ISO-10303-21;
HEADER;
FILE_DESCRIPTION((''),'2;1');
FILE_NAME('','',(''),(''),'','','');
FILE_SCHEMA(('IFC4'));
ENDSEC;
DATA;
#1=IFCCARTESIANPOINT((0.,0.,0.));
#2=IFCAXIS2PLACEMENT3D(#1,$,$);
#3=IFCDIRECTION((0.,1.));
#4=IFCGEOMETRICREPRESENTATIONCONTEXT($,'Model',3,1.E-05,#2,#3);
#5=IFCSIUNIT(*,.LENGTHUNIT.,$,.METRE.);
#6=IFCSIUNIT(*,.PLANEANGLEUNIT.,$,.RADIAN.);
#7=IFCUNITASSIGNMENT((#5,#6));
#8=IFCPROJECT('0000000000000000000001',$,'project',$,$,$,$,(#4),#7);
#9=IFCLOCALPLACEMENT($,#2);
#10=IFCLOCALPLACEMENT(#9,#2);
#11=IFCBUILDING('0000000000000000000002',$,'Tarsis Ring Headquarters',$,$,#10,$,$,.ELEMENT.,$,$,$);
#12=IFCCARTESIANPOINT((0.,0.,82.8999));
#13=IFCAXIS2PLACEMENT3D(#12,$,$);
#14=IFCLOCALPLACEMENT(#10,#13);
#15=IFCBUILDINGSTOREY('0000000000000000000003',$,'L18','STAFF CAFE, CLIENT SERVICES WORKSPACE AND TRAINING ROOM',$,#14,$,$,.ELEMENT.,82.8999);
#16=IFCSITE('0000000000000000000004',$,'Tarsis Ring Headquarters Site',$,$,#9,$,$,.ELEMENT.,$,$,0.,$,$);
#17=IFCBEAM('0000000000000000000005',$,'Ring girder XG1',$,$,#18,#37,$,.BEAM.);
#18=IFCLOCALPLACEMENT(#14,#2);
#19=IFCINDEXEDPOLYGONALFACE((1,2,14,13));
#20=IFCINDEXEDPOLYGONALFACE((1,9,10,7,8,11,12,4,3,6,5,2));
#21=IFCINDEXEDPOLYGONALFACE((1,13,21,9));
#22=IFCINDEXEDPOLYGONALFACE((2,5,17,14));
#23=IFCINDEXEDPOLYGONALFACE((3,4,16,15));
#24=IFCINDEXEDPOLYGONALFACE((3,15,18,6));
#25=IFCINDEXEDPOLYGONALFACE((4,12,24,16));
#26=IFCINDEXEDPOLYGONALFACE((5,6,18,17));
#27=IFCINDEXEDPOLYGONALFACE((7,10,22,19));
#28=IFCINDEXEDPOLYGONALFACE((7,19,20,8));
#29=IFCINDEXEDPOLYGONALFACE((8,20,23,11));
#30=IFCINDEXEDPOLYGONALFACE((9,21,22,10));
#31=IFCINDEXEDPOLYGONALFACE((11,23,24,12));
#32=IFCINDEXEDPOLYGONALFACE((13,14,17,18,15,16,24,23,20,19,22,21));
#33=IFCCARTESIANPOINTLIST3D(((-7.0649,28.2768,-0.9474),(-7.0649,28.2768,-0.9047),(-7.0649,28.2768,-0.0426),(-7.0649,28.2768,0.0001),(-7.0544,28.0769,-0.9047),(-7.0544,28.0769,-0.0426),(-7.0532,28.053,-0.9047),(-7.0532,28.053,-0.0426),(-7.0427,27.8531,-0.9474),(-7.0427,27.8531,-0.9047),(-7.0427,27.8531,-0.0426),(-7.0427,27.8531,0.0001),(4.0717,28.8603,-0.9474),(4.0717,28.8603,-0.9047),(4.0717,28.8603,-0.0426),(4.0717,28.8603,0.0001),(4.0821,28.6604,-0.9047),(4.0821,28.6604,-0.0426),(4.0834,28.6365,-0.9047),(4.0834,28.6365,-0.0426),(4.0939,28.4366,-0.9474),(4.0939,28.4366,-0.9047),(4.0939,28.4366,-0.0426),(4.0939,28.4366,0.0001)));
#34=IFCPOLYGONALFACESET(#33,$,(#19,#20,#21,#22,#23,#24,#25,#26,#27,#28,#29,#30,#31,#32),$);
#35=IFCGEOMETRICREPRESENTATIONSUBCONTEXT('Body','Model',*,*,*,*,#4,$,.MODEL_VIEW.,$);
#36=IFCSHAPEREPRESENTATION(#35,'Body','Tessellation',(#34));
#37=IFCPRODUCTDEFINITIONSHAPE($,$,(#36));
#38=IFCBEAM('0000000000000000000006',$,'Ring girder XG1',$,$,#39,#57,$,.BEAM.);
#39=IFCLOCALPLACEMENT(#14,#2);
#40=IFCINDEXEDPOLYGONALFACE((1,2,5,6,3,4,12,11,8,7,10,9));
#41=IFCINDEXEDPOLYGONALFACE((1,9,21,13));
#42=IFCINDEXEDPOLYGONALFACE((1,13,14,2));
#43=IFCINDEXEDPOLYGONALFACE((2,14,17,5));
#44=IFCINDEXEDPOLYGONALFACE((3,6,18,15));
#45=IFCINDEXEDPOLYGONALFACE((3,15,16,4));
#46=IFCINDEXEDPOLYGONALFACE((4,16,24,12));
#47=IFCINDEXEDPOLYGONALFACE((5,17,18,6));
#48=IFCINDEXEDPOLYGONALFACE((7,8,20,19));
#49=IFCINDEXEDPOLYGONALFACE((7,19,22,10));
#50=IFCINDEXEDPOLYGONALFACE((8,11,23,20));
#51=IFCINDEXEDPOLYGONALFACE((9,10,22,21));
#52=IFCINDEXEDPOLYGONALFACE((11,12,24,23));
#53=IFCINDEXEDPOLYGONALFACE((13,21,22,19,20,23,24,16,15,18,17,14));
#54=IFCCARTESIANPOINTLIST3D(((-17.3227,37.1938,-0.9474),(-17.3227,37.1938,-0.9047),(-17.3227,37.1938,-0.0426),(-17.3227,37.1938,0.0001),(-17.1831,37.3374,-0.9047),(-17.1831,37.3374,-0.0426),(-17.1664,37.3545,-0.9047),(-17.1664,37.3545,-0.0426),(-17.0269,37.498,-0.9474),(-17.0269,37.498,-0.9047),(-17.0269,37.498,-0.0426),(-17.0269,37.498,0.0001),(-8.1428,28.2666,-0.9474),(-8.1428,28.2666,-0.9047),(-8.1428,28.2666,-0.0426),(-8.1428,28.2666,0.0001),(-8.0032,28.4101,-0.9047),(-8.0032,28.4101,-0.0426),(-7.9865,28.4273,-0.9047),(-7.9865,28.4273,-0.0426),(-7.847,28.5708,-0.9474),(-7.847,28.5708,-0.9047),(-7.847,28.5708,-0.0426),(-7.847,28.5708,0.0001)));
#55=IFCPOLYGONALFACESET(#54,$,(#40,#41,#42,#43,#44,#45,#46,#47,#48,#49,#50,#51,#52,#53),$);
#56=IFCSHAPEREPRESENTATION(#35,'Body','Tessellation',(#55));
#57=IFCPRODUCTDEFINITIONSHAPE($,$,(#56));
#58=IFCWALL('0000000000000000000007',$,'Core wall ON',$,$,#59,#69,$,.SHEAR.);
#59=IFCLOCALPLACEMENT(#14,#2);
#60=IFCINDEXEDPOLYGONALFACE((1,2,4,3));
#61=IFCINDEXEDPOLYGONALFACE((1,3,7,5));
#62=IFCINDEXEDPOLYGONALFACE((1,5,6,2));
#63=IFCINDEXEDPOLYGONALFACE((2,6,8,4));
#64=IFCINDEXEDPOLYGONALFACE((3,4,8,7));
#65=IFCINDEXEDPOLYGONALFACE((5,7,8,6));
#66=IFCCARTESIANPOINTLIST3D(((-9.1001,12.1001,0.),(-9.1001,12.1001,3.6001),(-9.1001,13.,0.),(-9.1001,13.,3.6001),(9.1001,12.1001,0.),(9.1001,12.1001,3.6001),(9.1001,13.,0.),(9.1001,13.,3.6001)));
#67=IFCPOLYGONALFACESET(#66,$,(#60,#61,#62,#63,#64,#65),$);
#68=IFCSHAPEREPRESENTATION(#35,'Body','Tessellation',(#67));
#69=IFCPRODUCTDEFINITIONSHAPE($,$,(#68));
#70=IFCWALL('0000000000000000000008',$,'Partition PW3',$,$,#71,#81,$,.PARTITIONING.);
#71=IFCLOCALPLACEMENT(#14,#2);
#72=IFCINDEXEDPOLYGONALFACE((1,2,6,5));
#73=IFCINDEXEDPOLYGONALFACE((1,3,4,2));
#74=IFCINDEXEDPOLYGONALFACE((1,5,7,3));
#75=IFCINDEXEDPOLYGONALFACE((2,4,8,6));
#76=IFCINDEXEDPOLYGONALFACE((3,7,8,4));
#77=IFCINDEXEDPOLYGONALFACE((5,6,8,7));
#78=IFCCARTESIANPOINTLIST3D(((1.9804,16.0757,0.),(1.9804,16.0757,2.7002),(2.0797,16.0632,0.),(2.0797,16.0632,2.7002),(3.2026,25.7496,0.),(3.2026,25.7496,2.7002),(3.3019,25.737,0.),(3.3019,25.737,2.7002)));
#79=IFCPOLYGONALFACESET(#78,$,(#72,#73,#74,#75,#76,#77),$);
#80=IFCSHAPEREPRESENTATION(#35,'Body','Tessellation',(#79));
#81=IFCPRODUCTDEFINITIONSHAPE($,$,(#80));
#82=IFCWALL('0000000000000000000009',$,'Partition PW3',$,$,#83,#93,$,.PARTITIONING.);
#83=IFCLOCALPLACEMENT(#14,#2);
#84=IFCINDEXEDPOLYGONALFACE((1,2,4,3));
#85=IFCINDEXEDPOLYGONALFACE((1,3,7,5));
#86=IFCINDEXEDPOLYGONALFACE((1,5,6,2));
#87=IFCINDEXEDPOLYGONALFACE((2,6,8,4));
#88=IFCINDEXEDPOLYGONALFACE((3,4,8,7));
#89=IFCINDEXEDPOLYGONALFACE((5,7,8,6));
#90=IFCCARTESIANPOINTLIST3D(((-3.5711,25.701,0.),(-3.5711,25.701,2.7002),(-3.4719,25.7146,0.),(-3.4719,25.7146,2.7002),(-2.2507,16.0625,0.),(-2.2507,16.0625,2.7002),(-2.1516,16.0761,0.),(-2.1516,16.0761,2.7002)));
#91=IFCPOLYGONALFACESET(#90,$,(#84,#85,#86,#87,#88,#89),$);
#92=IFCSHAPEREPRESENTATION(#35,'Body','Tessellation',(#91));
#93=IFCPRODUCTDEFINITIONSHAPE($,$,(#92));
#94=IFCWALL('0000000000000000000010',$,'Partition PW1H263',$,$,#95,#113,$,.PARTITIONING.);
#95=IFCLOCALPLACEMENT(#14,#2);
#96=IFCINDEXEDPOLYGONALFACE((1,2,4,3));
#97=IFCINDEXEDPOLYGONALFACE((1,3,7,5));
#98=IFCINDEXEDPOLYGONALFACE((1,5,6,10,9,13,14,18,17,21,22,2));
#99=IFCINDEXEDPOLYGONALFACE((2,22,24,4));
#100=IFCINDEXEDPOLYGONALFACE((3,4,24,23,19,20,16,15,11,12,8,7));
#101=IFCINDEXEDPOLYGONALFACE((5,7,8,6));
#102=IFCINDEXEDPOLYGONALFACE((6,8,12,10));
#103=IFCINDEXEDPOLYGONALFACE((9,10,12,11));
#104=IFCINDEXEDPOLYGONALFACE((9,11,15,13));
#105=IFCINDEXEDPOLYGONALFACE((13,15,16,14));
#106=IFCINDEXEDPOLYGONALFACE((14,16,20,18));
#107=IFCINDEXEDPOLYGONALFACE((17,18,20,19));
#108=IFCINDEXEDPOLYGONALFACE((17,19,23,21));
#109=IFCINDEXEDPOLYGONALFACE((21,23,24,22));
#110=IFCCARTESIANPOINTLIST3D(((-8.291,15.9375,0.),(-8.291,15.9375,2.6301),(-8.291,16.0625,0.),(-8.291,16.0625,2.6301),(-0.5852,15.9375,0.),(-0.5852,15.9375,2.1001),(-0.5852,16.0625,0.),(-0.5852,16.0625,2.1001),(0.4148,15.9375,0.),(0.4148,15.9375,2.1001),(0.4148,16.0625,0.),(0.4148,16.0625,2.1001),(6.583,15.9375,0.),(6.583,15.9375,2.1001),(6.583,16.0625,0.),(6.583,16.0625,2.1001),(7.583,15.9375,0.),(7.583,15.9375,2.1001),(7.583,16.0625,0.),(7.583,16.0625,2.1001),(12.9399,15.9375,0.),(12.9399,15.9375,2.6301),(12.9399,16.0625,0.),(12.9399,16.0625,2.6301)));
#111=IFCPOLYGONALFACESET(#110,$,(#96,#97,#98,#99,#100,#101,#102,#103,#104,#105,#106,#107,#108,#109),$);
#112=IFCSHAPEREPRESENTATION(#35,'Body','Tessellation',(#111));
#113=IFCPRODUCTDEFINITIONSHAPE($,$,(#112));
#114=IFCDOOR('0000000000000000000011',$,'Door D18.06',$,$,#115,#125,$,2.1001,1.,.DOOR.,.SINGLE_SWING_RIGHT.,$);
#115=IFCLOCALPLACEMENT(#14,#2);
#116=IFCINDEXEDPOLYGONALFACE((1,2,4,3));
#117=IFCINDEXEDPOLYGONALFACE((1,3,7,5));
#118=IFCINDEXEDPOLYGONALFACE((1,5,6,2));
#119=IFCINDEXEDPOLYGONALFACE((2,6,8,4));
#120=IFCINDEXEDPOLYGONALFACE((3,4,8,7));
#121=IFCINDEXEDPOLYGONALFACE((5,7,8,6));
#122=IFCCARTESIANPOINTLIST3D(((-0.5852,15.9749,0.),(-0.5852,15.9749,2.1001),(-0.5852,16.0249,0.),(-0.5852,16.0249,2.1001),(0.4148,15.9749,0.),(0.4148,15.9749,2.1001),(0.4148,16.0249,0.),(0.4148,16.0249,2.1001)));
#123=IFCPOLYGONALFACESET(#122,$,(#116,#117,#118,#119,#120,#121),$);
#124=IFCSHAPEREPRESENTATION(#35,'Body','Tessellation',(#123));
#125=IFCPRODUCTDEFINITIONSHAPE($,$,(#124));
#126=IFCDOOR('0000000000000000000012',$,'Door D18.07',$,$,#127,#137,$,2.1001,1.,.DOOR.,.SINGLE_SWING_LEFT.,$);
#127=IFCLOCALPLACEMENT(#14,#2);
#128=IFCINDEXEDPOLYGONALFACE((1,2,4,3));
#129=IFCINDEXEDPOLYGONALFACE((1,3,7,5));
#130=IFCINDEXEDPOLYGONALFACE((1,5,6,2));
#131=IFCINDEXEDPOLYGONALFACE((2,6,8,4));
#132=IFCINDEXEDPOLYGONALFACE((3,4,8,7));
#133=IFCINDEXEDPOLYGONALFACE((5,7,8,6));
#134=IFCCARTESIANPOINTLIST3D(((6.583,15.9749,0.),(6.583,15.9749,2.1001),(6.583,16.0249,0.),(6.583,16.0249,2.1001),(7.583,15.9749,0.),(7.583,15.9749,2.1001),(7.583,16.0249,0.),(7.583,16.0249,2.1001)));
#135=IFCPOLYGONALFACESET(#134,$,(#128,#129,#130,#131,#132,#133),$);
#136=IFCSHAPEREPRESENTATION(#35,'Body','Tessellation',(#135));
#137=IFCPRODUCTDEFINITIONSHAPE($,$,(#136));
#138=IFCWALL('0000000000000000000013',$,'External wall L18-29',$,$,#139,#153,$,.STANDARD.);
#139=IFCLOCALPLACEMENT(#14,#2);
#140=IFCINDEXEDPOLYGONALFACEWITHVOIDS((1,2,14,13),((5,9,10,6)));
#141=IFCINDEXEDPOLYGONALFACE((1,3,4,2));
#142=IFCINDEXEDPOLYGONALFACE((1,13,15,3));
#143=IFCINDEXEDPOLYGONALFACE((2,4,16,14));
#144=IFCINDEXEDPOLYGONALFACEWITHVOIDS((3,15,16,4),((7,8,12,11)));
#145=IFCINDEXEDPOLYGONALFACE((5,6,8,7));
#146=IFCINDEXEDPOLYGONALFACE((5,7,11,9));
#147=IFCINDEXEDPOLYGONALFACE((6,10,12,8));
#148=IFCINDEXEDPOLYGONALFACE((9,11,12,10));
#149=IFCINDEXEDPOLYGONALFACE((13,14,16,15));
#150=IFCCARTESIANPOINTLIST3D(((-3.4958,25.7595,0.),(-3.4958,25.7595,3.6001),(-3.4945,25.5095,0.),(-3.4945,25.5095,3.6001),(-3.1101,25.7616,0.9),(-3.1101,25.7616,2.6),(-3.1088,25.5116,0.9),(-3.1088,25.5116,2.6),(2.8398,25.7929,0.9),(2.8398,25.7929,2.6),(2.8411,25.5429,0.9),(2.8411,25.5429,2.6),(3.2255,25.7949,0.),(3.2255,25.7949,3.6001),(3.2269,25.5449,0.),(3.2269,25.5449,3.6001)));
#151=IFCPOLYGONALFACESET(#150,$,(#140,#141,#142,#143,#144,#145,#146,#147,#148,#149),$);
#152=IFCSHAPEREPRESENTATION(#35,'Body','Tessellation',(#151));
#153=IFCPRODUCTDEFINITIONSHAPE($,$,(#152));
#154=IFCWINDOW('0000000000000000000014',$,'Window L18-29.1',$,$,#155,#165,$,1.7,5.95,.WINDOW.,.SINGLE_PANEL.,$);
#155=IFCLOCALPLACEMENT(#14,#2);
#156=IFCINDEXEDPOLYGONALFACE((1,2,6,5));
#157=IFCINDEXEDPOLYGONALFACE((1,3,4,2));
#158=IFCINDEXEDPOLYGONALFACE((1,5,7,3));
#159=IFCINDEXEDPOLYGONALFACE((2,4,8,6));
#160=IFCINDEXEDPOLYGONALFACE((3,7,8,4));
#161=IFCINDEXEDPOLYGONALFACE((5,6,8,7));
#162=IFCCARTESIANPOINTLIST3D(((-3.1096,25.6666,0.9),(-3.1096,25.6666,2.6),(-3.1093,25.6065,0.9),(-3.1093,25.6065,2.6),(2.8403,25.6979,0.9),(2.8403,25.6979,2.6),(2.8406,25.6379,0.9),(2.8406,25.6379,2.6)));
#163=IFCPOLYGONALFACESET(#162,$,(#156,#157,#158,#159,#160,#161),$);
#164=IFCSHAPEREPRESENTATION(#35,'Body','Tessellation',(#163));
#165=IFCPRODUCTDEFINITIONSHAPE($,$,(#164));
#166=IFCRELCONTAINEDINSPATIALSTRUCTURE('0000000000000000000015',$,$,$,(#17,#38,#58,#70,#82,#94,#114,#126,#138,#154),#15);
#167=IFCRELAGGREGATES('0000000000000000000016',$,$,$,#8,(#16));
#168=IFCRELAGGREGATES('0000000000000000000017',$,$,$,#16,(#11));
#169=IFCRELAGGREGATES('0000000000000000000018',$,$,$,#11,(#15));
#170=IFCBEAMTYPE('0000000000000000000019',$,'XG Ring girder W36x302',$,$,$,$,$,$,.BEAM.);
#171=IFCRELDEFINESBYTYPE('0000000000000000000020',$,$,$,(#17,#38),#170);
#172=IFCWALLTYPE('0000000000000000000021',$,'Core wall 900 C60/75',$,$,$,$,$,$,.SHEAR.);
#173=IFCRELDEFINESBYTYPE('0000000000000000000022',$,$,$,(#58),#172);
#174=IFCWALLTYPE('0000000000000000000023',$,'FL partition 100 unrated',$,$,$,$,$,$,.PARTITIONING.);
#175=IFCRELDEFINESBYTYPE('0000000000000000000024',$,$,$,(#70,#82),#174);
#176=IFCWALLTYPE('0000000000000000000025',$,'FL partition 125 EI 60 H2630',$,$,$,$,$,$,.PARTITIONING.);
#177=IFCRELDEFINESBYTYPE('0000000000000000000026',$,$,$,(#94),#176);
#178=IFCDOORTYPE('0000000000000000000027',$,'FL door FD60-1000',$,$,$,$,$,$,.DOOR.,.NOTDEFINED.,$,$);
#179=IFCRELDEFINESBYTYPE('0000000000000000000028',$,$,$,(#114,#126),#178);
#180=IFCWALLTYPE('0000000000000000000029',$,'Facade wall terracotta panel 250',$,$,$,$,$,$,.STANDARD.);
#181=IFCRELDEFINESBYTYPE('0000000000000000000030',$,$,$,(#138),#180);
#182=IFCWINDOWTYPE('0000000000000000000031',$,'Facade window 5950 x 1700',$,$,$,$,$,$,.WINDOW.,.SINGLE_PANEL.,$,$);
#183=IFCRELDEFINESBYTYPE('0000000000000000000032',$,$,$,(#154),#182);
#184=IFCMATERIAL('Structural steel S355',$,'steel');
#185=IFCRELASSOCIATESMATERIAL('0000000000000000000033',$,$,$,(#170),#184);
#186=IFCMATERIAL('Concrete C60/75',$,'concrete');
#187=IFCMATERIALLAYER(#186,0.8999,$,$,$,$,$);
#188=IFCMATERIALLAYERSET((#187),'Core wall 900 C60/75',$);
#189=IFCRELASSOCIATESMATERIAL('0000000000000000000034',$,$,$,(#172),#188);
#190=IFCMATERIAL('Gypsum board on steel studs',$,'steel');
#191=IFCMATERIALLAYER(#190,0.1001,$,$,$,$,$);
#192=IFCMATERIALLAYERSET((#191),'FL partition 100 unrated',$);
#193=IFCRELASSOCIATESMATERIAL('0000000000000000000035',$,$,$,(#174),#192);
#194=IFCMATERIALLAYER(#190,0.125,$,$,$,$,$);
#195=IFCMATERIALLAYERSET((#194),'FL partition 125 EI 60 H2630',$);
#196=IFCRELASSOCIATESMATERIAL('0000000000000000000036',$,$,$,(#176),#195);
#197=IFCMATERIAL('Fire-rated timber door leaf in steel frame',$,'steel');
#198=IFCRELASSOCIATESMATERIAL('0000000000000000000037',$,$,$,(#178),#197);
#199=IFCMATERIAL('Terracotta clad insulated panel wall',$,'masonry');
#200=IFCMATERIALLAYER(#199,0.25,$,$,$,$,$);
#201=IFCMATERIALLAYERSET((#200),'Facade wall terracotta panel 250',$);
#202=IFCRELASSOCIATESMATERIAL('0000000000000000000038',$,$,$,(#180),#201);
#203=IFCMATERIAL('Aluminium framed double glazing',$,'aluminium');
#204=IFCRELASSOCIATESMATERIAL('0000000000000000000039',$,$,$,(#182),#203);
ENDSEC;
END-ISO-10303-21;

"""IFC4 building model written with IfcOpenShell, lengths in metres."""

from ifc_helpers import new_model, si_unit, direction, frame, frame_2d, origin, origin_2d, place, context, subcontext, project, spatial, rectangle, i_section, extrude, material, layer, layer_set, material_profile, profile_set, type_object, element, fill, save


model = new_model("IFC4")

# Units and contexts
model_context = context("Model", 3, precision=1e-05, world=origin(), true_north=direction((0.0, 1.0)))
body_context = subcontext(model_context, "Body", "Model", "MODEL_VIEW")
ifc_project = project(units=[si_unit("LENGTHUNIT", "METRE"), si_unit("PLANEANGLEUNIT", "RADIAN")], contexts=[model_context])

# Site, building, storey
site_placement = place(None, origin())
site = spatial("IfcSite", under=ifc_project, at=site_placement, Name="Tarsis Ring Headquarters Site", CompositionType="ELEMENT", RefElevation=0.0)
building_placement = place(site_placement, origin())
building = spatial("IfcBuilding", under=site, at=building_placement, Name="Tarsis Ring Headquarters", CompositionType="ELEMENT")
storey_placement = place(building_placement, frame((0.0, 0.0, 82.8999)))
storey = spatial("IfcBuildingStorey", under=building, at=storey_placement, Name="L18", Description="STAFF CAFE, CLIENT SERVICES WORKSPACE AND TRAINING ROOM", CompositionType="ELEMENT", Elevation=82.8999)

# Beams
ifc_material_1 = material(Name="Structural steel S355", Category="steel")
ifc_material_profile_1 = material_profile(ifc_material_1, i_section(OverallWidth=0.4243, OverallDepth=0.9475, WebThickness=0.0239, FlangeThickness=0.0427, at=origin_2d()), Name="W36x302")
ifc_profile_set_1 = profile_set([ifc_material_profile_1], Name="Structural steel S355")
beam_type_1 = type_object("IfcBeamType", Name="XG Ring girder W36x302", PredefinedType="BEAM", material=ifc_profile_set_1)
beam_1_placement = place(storey_placement, frame((4.0828, 28.6484, -0.4736), z_axis=(-0.99863, -0.052323, 0.0), x_axis=(0.052323, -0.99863, 0.0)))
element("IfcBeam", 1, at=beam_1_placement, inside=storey, type_object=beam_type_1, Name="Ring girder XG1", PredefinedType="BEAM", context=body_context, shape_type="SweptSolid", body=[
    extrude(i_section(OverallWidth=0.4243, OverallDepth=0.9475, WebThickness=0.0239, FlangeThickness=0.0427, at=origin_2d()), origin(), (0.0, 0.0, 1.0), 11.1519),
])
beam_2_placement = place(storey_placement, frame((-7.9949, 28.4187, -0.4736), z_axis=(-0.716905, 0.697171, 0.0), x_axis=(-0.697171, -0.716905, 0.0)))
element("IfcBeam", 2, at=beam_2_placement, inside=storey, type_object=beam_type_1, Name="Ring girder XG1", PredefinedType="BEAM", context=body_context, shape_type="SweptSolid", body=[
    extrude(i_section(OverallWidth=0.4243, OverallDepth=0.9475, WebThickness=0.0239, FlangeThickness=0.0427, at=origin_2d()), origin(), (0.0, 0.0, 1.0), 12.8049),
])

# Walls
ifc_material_2 = material(Name="Concrete C60/75", Category="concrete")
ifc_layer_1 = layer(ifc_material_2, 0.8999)
ifc_layer_set_1 = layer_set([ifc_layer_1], Name="Core wall 900 C60/75")
wall_type_1 = type_object("IfcWallType", Name="Core wall 900 C60/75", PredefinedType="SHEAR", material=ifc_layer_set_1)
wall_1_placement = place(storey_placement, frame((-9.1001, 12.55, 0.0), z_axis=(0.0, 0.0, 1.0), x_axis=(1.0, 0.0, 0.0)))
element("IfcWall", 3, at=wall_1_placement, inside=storey, type_object=wall_type_1, Name="Core wall ON", PredefinedType="SHEAR", context=body_context, shape_type="SweptSolid", body=[
    extrude(rectangle(XDim=18.2002, YDim=0.8999, at=frame_2d((9.1001, 0.0))), origin(), (0.0, 0.0, 1.0), 3.6001),
])
ifc_material_3 = material(Name="Gypsum board on steel studs", Category="steel")
ifc_layer_2 = layer(ifc_material_3, 0.1001)
ifc_layer_set_2 = layer_set([ifc_layer_2], Name="FL partition 100 unrated")
wall_type_2 = type_object("IfcWallType", Name="FL partition 100 unrated", PredefinedType="PARTITIONING", material=ifc_layer_set_2)
wall_2_placement = place(storey_placement, frame((2.03, 16.0693, 0.0), z_axis=(0.0, 0.0, 1.0), x_axis=(0.125341, 0.992114, 0.0)))
element("IfcWall", 4, at=wall_2_placement, inside=storey, type_object=wall_type_2, Name="Partition PW3", PredefinedType="PARTITIONING", context=body_context, shape_type="SweptSolid", body=[
    extrude(rectangle(XDim=9.7507, YDim=0.1001, at=frame_2d((4.8755, 0.0))), origin(), (0.0, 0.0, 1.0), 2.7002),
])
wall_3_placement = place(storey_placement, frame((-3.5215, 25.7078, 0.0), z_axis=(0.0, 0.0, 1.0), x_axis=(0.135717, -0.990748, 0.0)))
element("IfcWall", 5, at=wall_3_placement, inside=storey, type_object=wall_type_2, Name="Partition PW3", PredefinedType="PARTITIONING", context=body_context, shape_type="SweptSolid", body=[
    extrude(rectangle(XDim=9.7285, YDim=0.1001, at=frame_2d((4.8643, 0.0))), origin(), (0.0, 0.0, 1.0), 2.7002),
])

# Wall, openings, doors
ifc_layer_3 = layer(ifc_material_3, 0.125)
ifc_layer_set_3 = layer_set([ifc_layer_3], Name="FL partition 125 EI 60 H2630")
wall_type_3 = type_object("IfcWallType", Name="FL partition 125 EI 60 H2630", PredefinedType="PARTITIONING", material=ifc_layer_set_3)
wall_4_placement = place(storey_placement, frame((-8.291, 16.0, 0.0), z_axis=(0.0, 0.0, 1.0), x_axis=(1.0, 0.0, 0.0)))
wall_4 = element("IfcWall", 6, at=wall_4_placement, inside=storey, type_object=wall_type_3, Name="Partition PW1H263", PredefinedType="PARTITIONING", context=body_context, shape_type="SweptSolid", body=[
    extrude(rectangle(XDim=21.231, YDim=0.125, at=frame_2d((10.6155, 0.0))), origin(), (0.0, 0.0, 1.0), 2.6301),
])
opening_1_placement = place(wall_4_placement, frame((7.7058, 0.0, 0.0)))
opening_1 = element("IfcOpeningElement", 7, at=opening_1_placement, cuts=wall_4, PredefinedType="OPENING", context=body_context, shape_type="SweptSolid", body=[
    extrude(rectangle(XDim=1.0, YDim=2.1001, at=frame_2d((0.5, 1.05))), frame((0.0, 0.0725, 0.0), z_axis=(0.0, -1.0, 0.0), x_axis=(1.0, 0.0, 0.0)), (0.0, 0.0, 1.0), 0.145),
])
opening_2_placement = place(wall_4_placement, frame((14.874, 0.0, 0.0)))
opening_2 = element("IfcOpeningElement", 8, at=opening_2_placement, cuts=wall_4, PredefinedType="OPENING", context=body_context, shape_type="SweptSolid", body=[
    extrude(rectangle(XDim=1.0, YDim=2.1001, at=frame_2d((0.5, 1.05))), frame((0.0, 0.0725, 0.0), z_axis=(0.0, -1.0, 0.0), x_axis=(1.0, 0.0, 0.0)), (0.0, 0.0, 1.0), 0.145),
])
ifc_material_4 = material(Name="Fire-rated timber door leaf in steel frame", Category="steel")
door_type = type_object("IfcDoorType", Name="FL door FD60-1000", OperationType="NOTDEFINED", PredefinedType="DOOR", material=ifc_material_4)
door_1_placement = place(opening_1_placement, origin())
door_1 = element("IfcDoor", 9, at=door_1_placement, inside=storey, type_object=door_type, Name="Door D18.06", OperationType="SINGLE_SWING_RIGHT", OverallHeight=2.1001, OverallWidth=1.0, PredefinedType="DOOR", context=body_context, shape_type="SweptSolid", body=[
    extrude(rectangle(XDim=1.0, YDim=2.1001, at=frame_2d((0.5, 1.05))), frame((0.0, 0.0249, 0.0), z_axis=(0.0, -1.0, 0.0), x_axis=(1.0, 0.0, 0.0)), (0.0, 0.0, 1.0), 0.05),
])
fill(opening_1, door_1)
door_2_placement = place(opening_2_placement, origin())
door_2 = element("IfcDoor", 10, at=door_2_placement, inside=storey, type_object=door_type, Name="Door D18.07", OperationType="SINGLE_SWING_LEFT", OverallHeight=2.1001, OverallWidth=1.0, PredefinedType="DOOR", context=body_context, shape_type="SweptSolid", body=[
    extrude(rectangle(XDim=1.0, YDim=2.1001, at=frame_2d((0.5, 1.05))), frame((0.0, 0.0249, 0.0), z_axis=(0.0, -1.0, 0.0), x_axis=(1.0, 0.0, 0.0)), (0.0, 0.0, 1.0), 0.05),
])
fill(opening_2, door_2)

# Wall, opening, window
ifc_material_5 = material(Name="Terracotta clad insulated panel wall", Category="masonry")
ifc_layer_4 = layer(ifc_material_5, 0.25)
ifc_layer_set_4 = layer_set([ifc_layer_4], Name="Facade wall terracotta panel 250")
wall_type_4 = type_object("IfcWallType", Name="Facade wall terracotta panel 250", PredefinedType="STANDARD", material=ifc_layer_set_4)
wall_5_placement = place(storey_placement, frame((3.2263, 25.6699, 0.0), z_axis=(0.0, 0.0, 1.0), x_axis=(-0.999986, -0.005267, 0.0)))
wall_5 = element("IfcWall", 11, at=wall_5_placement, inside=storey, type_object=wall_type_4, Name="External wall L18-29", PredefinedType="STANDARD", context=body_context, shape_type="SweptSolid", body=[
    extrude(rectangle(XDim=6.7214, YDim=0.25, at=frame_2d((3.3608, 0.0))), origin(), (0.0, 0.0, 1.0), 3.6001),
])
opening_3_placement = place(wall_5_placement, frame((0.3857, 0.0, 0.8999)))
opening_3 = element("IfcOpeningElement", 12, at=opening_3_placement, cuts=wall_5, PredefinedType="OPENING", context=body_context, shape_type="SweptSolid", body=[
    extrude(rectangle(XDim=5.95, YDim=1.7, at=frame_2d((2.9751, 0.8501))), frame((0.0, 0.135, 0.0), z_axis=(0.0, -1.0, 0.0), x_axis=(1.0, 0.0, 0.0)), (0.0, 0.0, 1.0), 0.27),
])
ifc_material_6 = material(Name="Aluminium framed double glazing", Category="aluminium")
window_type_1 = type_object("IfcWindowType", Name="Facade window 5950 x 1700", PartitioningType="SINGLE_PANEL", PredefinedType="WINDOW", material=ifc_material_6)
window_1_placement = place(opening_3_placement, origin())
window_1 = element("IfcWindow", 13, at=window_1_placement, inside=storey, type_object=window_type_1, Name="Window L18-29.1", OverallHeight=1.7, OverallWidth=5.95, PartitioningType="SINGLE_PANEL", PredefinedType="WINDOW", context=body_context, shape_type="SweptSolid", body=[
    extrude(rectangle(XDim=5.95, YDim=1.7, at=frame_2d((2.9751, 0.8501))), frame((0.0, 0.03, 0.0), z_axis=(0.0, -1.0, 0.0), x_axis=(1.0, 0.0, 0.0)), (0.0, 0.0, 1.0), 0.0601),
])
fill(opening_3, window_1)

save(model, "model.ifc")
